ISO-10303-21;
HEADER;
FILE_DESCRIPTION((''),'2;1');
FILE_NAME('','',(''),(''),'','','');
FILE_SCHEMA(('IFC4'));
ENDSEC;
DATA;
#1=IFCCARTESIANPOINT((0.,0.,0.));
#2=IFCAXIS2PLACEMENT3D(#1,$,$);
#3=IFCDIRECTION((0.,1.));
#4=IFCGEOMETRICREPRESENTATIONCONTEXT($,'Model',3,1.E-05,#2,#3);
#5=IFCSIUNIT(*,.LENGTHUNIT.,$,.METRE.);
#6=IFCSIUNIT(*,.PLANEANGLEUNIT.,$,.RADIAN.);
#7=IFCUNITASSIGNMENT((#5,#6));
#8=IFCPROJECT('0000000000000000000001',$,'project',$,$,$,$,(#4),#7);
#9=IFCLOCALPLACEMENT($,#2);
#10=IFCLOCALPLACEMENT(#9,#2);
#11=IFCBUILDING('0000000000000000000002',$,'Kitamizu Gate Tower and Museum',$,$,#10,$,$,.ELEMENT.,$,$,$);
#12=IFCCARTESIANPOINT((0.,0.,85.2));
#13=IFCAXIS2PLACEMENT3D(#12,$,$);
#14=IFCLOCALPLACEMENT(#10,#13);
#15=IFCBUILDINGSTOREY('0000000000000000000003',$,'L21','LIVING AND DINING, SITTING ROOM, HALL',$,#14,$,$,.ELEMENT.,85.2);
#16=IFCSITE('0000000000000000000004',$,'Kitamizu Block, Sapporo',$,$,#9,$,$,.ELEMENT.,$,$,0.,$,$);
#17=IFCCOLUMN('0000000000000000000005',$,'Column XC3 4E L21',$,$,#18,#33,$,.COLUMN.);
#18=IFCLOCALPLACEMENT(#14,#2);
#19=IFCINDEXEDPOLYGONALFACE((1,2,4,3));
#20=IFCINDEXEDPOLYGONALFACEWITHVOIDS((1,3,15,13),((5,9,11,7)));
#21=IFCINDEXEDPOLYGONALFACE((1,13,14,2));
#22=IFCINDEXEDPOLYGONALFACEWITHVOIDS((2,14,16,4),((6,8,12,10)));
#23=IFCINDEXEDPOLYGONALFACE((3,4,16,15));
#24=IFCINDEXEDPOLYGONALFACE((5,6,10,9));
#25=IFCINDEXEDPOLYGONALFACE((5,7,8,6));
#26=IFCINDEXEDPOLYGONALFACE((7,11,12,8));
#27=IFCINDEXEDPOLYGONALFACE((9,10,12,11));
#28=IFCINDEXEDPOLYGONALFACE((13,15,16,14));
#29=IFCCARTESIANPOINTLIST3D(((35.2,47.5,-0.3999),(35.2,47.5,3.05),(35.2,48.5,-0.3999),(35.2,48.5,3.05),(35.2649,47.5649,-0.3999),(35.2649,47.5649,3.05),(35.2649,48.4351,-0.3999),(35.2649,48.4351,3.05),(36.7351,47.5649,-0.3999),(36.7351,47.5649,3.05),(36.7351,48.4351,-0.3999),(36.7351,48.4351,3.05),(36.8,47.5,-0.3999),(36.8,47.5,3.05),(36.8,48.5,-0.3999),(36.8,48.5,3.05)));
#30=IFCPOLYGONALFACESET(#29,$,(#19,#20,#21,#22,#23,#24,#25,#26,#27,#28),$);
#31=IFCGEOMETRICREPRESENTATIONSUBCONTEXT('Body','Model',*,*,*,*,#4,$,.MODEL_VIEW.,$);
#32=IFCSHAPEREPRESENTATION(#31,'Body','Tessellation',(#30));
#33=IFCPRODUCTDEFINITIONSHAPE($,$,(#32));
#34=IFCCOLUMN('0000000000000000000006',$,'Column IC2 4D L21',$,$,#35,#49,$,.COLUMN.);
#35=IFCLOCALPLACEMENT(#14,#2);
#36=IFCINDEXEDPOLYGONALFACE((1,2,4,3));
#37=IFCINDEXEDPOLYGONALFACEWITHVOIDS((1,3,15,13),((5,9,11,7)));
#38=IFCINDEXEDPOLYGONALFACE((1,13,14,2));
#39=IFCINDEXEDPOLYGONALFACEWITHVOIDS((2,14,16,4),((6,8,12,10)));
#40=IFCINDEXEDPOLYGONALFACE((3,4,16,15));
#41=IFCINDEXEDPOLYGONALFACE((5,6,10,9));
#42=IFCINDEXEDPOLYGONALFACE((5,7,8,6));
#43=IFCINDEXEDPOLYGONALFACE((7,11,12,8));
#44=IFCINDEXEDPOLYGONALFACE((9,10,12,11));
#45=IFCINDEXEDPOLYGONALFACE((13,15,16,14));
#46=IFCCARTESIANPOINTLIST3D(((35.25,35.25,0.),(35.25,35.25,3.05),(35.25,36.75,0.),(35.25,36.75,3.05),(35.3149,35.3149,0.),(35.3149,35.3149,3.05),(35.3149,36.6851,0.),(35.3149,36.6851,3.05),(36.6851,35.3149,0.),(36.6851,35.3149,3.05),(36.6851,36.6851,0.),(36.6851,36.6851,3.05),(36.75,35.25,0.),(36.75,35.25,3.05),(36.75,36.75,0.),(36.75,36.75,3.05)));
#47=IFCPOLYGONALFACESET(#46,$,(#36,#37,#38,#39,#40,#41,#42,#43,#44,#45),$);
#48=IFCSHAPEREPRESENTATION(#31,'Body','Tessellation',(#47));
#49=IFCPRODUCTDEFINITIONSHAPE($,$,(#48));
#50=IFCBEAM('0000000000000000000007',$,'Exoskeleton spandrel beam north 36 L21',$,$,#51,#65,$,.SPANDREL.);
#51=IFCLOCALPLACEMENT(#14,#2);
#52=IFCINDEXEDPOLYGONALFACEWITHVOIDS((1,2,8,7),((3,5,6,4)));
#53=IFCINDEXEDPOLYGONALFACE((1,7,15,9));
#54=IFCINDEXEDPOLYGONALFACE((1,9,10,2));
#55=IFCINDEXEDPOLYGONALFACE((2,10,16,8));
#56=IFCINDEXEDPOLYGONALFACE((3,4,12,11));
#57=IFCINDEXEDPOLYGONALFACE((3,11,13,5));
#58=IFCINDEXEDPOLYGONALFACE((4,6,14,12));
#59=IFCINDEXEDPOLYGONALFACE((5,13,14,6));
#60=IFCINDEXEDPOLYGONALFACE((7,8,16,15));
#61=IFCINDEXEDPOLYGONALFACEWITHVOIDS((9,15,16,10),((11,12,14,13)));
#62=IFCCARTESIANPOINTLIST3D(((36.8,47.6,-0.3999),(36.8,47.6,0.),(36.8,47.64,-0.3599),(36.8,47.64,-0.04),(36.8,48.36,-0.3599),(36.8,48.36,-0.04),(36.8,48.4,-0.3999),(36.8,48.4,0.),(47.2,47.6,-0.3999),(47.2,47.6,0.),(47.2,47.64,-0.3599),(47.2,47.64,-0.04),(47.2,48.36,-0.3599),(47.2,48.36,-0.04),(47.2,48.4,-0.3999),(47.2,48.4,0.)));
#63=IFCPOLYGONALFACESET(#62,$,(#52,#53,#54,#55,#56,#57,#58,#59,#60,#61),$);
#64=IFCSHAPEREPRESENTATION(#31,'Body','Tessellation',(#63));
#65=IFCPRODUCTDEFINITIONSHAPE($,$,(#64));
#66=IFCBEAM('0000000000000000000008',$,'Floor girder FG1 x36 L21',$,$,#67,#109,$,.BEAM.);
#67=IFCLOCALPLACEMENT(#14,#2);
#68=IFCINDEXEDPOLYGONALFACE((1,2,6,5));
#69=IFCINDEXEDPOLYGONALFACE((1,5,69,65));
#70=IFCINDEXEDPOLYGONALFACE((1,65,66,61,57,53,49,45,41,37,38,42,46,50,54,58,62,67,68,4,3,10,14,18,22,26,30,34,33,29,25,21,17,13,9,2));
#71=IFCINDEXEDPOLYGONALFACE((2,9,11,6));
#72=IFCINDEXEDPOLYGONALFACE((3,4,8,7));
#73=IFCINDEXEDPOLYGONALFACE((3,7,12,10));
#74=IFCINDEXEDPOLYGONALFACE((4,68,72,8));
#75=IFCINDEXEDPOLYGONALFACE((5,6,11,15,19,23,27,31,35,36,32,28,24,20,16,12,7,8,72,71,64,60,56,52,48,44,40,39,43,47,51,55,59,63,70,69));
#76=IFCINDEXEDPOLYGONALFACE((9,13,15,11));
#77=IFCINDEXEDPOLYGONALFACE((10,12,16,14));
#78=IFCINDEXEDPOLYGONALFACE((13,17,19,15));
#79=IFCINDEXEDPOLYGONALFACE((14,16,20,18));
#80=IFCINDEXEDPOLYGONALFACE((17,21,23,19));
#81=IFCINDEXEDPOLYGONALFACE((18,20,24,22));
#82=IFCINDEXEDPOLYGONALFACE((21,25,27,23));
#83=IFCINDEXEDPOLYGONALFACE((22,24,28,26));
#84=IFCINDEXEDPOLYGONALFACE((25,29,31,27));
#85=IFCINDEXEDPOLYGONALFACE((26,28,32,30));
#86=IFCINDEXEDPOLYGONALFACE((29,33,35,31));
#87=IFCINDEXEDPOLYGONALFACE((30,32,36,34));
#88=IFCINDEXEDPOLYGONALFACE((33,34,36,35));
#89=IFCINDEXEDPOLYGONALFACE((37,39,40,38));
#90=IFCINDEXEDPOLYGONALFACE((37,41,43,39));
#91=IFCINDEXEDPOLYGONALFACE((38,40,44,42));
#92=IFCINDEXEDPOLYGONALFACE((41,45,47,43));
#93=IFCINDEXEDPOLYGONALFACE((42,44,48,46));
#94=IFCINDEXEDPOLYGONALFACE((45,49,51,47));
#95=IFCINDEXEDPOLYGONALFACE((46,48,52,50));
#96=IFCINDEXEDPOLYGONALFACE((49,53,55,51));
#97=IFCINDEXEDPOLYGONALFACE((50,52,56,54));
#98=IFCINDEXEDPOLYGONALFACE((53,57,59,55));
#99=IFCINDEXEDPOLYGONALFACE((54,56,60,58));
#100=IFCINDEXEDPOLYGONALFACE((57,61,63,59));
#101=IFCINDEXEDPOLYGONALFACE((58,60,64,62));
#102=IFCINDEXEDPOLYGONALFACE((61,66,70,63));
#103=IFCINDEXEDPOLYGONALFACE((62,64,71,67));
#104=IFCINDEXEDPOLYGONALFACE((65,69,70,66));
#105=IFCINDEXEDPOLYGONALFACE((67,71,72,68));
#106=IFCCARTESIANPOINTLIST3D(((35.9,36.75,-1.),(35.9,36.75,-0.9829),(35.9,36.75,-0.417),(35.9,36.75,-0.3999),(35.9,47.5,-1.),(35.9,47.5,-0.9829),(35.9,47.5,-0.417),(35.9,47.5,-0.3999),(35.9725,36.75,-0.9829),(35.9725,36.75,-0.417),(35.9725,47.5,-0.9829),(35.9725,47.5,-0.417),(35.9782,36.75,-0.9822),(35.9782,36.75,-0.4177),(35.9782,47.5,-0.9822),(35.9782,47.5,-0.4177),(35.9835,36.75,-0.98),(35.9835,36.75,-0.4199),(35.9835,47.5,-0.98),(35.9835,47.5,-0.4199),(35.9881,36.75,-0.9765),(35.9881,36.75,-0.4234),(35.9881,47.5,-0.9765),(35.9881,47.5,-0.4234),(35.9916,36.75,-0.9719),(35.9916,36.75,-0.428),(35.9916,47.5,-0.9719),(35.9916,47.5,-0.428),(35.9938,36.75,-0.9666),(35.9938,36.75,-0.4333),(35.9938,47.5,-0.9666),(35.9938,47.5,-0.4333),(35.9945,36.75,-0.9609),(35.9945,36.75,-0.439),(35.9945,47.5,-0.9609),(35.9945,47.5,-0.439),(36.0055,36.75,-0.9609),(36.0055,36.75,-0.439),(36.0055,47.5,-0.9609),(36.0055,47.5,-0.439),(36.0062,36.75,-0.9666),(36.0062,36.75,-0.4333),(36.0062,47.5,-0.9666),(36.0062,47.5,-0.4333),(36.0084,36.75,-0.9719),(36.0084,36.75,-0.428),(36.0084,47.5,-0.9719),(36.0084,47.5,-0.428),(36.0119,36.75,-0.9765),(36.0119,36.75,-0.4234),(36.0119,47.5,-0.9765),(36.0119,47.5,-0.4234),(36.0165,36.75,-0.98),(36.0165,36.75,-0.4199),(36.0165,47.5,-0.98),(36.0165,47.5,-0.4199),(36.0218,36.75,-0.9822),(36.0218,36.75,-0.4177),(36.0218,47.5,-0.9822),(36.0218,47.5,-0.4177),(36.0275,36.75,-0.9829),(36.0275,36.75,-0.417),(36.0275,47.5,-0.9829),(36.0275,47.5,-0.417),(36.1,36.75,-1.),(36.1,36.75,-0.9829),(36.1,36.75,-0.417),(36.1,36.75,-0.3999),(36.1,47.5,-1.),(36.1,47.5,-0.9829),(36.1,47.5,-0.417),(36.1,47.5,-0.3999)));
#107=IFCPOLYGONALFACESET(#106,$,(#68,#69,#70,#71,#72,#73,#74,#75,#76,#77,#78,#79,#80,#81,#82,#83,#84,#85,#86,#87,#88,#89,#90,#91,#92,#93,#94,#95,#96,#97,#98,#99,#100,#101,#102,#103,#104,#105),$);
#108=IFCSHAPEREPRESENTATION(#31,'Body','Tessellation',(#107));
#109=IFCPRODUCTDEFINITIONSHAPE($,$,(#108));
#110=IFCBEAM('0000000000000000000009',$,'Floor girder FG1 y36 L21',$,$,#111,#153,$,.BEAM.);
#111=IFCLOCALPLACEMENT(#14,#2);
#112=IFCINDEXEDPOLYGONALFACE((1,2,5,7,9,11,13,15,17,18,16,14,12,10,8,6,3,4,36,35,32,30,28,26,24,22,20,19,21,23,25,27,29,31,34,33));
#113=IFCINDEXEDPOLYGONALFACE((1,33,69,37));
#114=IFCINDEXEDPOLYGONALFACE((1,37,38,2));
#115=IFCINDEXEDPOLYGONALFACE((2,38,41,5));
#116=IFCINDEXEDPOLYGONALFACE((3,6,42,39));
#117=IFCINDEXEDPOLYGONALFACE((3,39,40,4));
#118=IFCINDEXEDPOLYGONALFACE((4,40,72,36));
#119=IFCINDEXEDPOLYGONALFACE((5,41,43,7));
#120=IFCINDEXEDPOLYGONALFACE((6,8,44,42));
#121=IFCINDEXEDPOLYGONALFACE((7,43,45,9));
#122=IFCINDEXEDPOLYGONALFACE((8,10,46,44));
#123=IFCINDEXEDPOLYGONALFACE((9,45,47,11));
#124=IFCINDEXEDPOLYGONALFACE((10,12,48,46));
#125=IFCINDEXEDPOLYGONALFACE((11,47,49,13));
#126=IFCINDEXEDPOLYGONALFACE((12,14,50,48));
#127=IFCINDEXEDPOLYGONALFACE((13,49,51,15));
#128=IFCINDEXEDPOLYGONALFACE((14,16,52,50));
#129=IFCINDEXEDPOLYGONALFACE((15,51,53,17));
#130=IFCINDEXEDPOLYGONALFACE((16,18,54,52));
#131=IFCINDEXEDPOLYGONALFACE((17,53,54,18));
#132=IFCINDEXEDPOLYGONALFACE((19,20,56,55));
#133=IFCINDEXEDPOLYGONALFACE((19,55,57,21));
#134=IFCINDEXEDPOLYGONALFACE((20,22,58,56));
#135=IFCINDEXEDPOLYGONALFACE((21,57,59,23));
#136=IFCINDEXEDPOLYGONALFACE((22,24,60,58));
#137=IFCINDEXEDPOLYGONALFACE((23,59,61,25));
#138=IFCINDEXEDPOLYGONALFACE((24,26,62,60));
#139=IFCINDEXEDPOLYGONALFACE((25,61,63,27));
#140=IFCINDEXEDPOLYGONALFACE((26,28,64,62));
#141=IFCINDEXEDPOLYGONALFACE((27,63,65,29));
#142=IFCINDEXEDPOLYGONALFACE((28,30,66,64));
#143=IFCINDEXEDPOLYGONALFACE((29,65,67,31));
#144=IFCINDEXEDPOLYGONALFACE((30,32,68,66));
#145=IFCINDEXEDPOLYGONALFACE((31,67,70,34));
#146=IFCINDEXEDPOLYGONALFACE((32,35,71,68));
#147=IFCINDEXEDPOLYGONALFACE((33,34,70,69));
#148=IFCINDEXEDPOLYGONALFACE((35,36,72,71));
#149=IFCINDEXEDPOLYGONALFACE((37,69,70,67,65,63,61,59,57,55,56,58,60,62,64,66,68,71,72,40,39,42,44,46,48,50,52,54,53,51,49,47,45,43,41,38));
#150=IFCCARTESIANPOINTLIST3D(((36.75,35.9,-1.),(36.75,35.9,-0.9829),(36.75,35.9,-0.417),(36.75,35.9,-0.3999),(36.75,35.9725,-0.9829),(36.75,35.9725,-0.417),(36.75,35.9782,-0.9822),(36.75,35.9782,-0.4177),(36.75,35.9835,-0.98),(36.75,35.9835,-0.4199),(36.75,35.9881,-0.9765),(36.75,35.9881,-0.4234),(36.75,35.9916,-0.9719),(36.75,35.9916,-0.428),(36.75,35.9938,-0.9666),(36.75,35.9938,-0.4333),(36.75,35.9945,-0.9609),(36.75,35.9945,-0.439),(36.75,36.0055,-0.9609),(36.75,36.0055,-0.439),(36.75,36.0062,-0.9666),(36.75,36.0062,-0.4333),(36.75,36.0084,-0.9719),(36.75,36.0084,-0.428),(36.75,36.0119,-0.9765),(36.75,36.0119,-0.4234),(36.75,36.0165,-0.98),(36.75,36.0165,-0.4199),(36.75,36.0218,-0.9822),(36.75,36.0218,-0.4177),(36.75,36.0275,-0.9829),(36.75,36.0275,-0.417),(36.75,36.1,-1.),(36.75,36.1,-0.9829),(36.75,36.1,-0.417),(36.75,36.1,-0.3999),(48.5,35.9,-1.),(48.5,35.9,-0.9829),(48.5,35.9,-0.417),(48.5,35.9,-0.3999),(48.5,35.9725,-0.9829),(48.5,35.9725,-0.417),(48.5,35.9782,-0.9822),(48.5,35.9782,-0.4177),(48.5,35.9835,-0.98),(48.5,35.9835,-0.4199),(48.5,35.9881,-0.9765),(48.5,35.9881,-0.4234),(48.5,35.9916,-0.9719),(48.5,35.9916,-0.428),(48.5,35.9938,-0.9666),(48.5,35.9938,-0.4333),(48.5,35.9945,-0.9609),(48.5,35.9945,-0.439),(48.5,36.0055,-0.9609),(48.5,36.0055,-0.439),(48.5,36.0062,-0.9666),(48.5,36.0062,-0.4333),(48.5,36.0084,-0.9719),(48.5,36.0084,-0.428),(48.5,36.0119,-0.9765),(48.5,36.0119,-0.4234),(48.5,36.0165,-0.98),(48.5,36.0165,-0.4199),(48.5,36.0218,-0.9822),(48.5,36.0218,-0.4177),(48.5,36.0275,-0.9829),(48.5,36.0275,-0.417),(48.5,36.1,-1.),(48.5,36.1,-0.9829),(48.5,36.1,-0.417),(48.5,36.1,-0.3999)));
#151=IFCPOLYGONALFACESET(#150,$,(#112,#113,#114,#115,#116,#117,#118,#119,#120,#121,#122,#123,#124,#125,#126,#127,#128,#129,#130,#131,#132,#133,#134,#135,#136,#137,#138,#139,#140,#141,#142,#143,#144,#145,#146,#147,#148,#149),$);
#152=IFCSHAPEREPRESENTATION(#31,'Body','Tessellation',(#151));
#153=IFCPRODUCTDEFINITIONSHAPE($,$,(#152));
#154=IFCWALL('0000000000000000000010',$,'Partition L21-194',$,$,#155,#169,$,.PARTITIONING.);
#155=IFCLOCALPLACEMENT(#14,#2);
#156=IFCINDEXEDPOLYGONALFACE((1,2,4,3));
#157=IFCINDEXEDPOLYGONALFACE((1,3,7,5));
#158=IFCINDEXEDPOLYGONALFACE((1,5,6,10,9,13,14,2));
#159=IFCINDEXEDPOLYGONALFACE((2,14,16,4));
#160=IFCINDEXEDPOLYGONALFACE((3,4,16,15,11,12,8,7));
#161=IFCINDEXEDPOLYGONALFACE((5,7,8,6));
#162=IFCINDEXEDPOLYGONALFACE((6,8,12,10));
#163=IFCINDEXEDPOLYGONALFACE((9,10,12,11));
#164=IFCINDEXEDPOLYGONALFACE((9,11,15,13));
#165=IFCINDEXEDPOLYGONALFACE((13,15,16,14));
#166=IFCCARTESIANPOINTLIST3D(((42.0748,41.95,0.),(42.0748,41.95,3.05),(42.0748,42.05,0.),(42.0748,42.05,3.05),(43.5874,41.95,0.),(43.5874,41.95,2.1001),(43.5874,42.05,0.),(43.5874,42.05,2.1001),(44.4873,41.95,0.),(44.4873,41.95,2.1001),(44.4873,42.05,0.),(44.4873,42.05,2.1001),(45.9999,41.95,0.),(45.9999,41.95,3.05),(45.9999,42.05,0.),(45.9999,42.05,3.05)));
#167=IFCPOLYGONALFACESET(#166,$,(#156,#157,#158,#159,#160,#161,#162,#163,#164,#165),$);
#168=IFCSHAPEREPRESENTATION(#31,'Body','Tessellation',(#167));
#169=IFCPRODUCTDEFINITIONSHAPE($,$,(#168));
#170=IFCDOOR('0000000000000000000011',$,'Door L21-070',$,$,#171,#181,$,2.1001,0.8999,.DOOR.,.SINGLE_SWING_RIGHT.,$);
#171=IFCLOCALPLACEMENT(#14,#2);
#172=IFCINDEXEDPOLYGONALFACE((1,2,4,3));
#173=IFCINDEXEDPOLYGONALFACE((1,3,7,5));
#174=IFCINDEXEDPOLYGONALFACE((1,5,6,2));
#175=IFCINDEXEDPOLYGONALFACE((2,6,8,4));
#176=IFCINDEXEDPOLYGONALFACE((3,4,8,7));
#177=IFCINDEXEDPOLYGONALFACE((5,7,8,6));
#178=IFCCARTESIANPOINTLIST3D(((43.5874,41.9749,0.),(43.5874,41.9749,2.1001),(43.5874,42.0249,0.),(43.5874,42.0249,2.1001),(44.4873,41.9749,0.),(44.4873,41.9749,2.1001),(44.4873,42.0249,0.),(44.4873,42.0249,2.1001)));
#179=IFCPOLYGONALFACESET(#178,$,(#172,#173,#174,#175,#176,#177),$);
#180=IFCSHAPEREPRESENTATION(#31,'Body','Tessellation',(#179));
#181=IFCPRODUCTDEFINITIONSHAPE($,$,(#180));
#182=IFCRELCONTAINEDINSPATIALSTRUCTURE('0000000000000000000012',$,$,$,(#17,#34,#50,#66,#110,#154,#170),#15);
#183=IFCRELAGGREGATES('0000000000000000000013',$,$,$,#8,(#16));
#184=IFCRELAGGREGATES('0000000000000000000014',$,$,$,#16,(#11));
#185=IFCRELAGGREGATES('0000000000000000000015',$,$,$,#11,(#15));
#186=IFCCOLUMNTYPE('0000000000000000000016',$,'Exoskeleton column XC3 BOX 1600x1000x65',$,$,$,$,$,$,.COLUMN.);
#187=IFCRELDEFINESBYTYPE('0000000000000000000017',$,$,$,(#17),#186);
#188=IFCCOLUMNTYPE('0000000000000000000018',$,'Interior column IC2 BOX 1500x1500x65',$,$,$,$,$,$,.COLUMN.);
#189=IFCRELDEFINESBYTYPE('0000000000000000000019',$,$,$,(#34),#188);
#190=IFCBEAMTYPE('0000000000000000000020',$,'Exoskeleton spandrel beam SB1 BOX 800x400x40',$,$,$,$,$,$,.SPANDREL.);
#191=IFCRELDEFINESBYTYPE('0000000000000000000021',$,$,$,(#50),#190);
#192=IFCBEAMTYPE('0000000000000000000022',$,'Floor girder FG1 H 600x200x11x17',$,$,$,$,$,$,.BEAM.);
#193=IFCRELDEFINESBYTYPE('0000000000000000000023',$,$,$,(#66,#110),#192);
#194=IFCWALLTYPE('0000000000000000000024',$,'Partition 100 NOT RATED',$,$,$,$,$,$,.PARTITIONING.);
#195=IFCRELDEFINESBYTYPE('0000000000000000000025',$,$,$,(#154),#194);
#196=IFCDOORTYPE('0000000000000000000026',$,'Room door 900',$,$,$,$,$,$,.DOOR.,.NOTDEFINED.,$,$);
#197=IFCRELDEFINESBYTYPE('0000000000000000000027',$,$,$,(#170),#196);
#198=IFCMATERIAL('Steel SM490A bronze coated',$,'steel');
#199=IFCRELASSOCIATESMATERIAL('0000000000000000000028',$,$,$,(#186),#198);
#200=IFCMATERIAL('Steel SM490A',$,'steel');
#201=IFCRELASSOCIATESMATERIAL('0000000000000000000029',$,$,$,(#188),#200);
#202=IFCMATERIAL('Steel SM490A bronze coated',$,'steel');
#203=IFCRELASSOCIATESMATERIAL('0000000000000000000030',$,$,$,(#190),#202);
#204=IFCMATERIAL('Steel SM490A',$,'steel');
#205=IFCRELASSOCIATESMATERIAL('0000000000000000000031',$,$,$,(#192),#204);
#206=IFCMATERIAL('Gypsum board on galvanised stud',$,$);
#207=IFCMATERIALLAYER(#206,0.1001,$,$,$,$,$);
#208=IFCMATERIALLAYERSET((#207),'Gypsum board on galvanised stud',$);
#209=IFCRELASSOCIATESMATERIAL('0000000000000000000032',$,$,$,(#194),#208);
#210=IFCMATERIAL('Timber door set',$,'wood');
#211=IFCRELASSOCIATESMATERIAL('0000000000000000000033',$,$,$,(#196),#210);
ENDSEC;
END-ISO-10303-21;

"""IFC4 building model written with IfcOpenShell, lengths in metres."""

from ifc_helpers import new_model, si_unit, direction, frame, frame_2d, origin, origin_2d, place, context, subcontext, project, spatial, rectangle, hollow_rectangle, i_section, extrude, material, layer, layer_set, material_profile, profile_set, type_object, element, fill, save


model = new_model("IFC4")

# Units and contexts
model_context = context("Model", 3, precision=1e-05, world=origin(), true_north=direction((0.0, 1.0)))
body_context = subcontext(model_context, "Body", "Model", "MODEL_VIEW")
ifc_project = project(units=[si_unit("LENGTHUNIT", "METRE"), si_unit("PLANEANGLEUNIT", "RADIAN")], contexts=[model_context])

# Site, building, storey
site_placement = place(None, origin())
site = spatial("IfcSite", under=ifc_project, at=site_placement, Name="Kitamizu Block, Sapporo", CompositionType="ELEMENT", RefElevation=0.0)
building_placement = place(site_placement, origin())
building = spatial("IfcBuilding", under=site, at=building_placement, Name="Kitamizu Gate Tower and Museum", CompositionType="ELEMENT")
storey_placement = place(building_placement, frame((0.0, 0.0, 85.2)))
storey = spatial("IfcBuildingStorey", under=building, at=storey_placement, Name="L21", Description="LIVING AND DINING, SITTING ROOM, HALL", CompositionType="ELEMENT", Elevation=85.2)

# Columns
ifc_material_1 = material(Name="Steel SM490A bronze coated", Category="steel")
ifc_material_profile_1 = material_profile(ifc_material_1, hollow_rectangle(XDim=1.6001, YDim=1.0, WallThickness=0.0649, at=origin_2d()), Name="BOX 1600x1000x65")
ifc_profile_set_1 = profile_set([ifc_material_profile_1], Name="Steel SM490A bronze coated")
column_type_1 = type_object("IfcColumnType", Name="Exoskeleton column XC3 BOX 1600x1000x65", PredefinedType="COLUMN", material=ifc_profile_set_1)
column_1_placement = place(storey_placement, frame((36.0, 48.0, -0.3999), z_axis=(0.0, 0.0, 1.0), x_axis=(1.0, 0.0, 0.0)))
element("IfcColumn", 1, at=column_1_placement, inside=storey, type_object=column_type_1, Name="Column XC3 4E L21", PredefinedType="COLUMN", context=body_context, shape_type="SweptSolid", body=[
    extrude(hollow_rectangle(XDim=1.6001, YDim=1.0, WallThickness=0.0649, at=origin_2d()), origin(), (0.0, 0.0, 1.0), 3.45),
])
ifc_material_2 = material(Name="Steel SM490A", Category="steel")
ifc_material_profile_2 = material_profile(ifc_material_2, hollow_rectangle(XDim=1.5, YDim=1.5, WallThickness=0.0649, at=origin_2d()), Name="BOX 1500x1500x65")
ifc_profile_set_2 = profile_set([ifc_material_profile_2], Name="Steel SM490A")
column_type_2 = type_object("IfcColumnType", Name="Interior column IC2 BOX 1500x1500x65", PredefinedType="COLUMN", material=ifc_profile_set_2)
column_2_placement = place(storey_placement, frame((36.0, 36.0, 0.0), z_axis=(0.0, 0.0, 1.0), x_axis=(1.0, 0.0, 0.0)))
element("IfcColumn", 2, at=column_2_placement, inside=storey, type_object=column_type_2, Name="Column IC2 4D L21", PredefinedType="COLUMN", context=body_context, shape_type="SweptSolid", body=[
    extrude(hollow_rectangle(XDim=1.5, YDim=1.5, WallThickness=0.0649, at=origin_2d()), origin(), (0.0, 0.0, 1.0), 3.05),
])

# Beams
ifc_material_3 = material(Name="Steel SM490A bronze coated", Category="steel")
ifc_material_profile_3 = material_profile(ifc_material_3, hollow_rectangle(XDim=0.8, YDim=0.3999, WallThickness=0.04, at=origin_2d()), Name="BOX 800x400x40")
ifc_profile_set_3 = profile_set([ifc_material_profile_3], Name="Steel SM490A bronze coated")
beam_type_1 = type_object("IfcBeamType", Name="Exoskeleton spandrel beam SB1 BOX 800x400x40", PredefinedType="SPANDREL", material=ifc_profile_set_3)
beam_1_placement = place(storey_placement, frame((36.8, 48.0, -0.2), z_axis=(1.0, 0.0, 0.0), x_axis=(0.0, 1.0, 0.0)))
element("IfcBeam", 3, at=beam_1_placement, inside=storey, type_object=beam_type_1, Name="Exoskeleton spandrel beam north 36 L21", PredefinedType="SPANDREL", context=body_context, shape_type="SweptSolid", body=[
    extrude(hollow_rectangle(XDim=0.8, YDim=0.3999, WallThickness=0.04, at=origin_2d()), origin(), (0.0, 0.0, 1.0), 10.3999),
])
ifc_material_4 = material(Name="Steel SM490A", Category="steel")
ifc_material_profile_4 = material_profile(ifc_material_4, i_section(OverallWidth=0.2, OverallDepth=0.6001, WebThickness=0.011, FlangeThickness=0.0171, FilletRadius=0.022, at=origin_2d()), Name="H-600x200x11x17")
ifc_profile_set_4 = profile_set([ifc_material_profile_4], Name="Steel SM490A")
beam_type_2 = type_object("IfcBeamType", Name="Floor girder FG1 H 600x200x11x17", PredefinedType="BEAM", material=ifc_profile_set_4)
beam_2_placement = place(storey_placement, frame((36.0, 36.75, -0.7), z_axis=(0.0, 1.0, 0.0), x_axis=(-1.0, 0.0, 0.0)))
element("IfcBeam", 4, at=beam_2_placement, inside=storey, type_object=beam_type_2, Name="Floor girder FG1 x36 L21", PredefinedType="BEAM", context=body_context, shape_type="SweptSolid", body=[
    extrude(i_section(OverallWidth=0.2, OverallDepth=0.6001, WebThickness=0.011, FlangeThickness=0.0171, FilletRadius=0.022, at=origin_2d()), origin(), (0.0, 0.0, 1.0), 10.75),
])
beam_3_placement = place(storey_placement, frame((36.75, 36.0, -0.7), z_axis=(1.0, 0.0, 0.0), x_axis=(0.0, 1.0, 0.0)))
element("IfcBeam", 5, at=beam_3_placement, inside=storey, type_object=beam_type_2, Name="Floor girder FG1 y36 L21", PredefinedType="BEAM", context=body_context, shape_type="SweptSolid", body=[
    extrude(i_section(OverallWidth=0.2, OverallDepth=0.6001, WebThickness=0.011, FlangeThickness=0.0171, FilletRadius=0.022, at=origin_2d()), origin(), (0.0, 0.0, 1.0), 11.75),
])

# Wall, opening, door
ifc_material_5 = material(Name="Gypsum board on galvanised stud")
ifc_layer_1 = layer(ifc_material_5, 0.1001)
ifc_layer_set_1 = layer_set([ifc_layer_1], Name="Gypsum board on galvanised stud")
wall_type_1 = type_object("IfcWallType", Name="Partition 100 NOT RATED", PredefinedType="PARTITIONING", material=ifc_layer_set_1)
wall_1_placement = place(storey_placement, frame((42.075, 42.0, 0.0), z_axis=(0.0, 0.0, 1.0), x_axis=(1.0, 0.0, 0.0)))
wall_1 = element("IfcWall", 6, at=wall_1_placement, inside=storey, type_object=wall_type_1, Name="Partition L21-194", PredefinedType="PARTITIONING", context=body_context, shape_type="SweptSolid", body=[
    extrude(rectangle(XDim=3.925, YDim=0.1001, at=frame_2d((1.9624, 0.0))), origin(), (0.0, 0.0, 1.0), 3.05),
])
opening_1_placement = place(wall_1_placement, frame((1.5125, 0.0, 0.0)))
opening_1 = element("IfcOpeningElement", 7, at=opening_1_placement, cuts=wall_1, PredefinedType="OPENING", context=body_context, shape_type="SweptSolid", body=[
    extrude(rectangle(XDim=0.8999, YDim=2.1001, at=frame_2d((0.45, 1.05))), frame((0.0, 0.0601, 0.0), z_axis=(0.0, -1.0, 0.0), x_axis=(1.0, 0.0, 0.0)), (0.0, 0.0, 1.0), 0.1201),
])
ifc_material_6 = material(Name="Timber door set", Category="wood")
door_type_1 = type_object("IfcDoorType", Name="Room door 900", OperationType="NOTDEFINED", PredefinedType="DOOR", material=ifc_material_6)
door_1_placement = place(opening_1_placement, origin())
door_1 = element("IfcDoor", 8, at=door_1_placement, inside=storey, type_object=door_type_1, Name="Door L21-070", OperationType="SINGLE_SWING_RIGHT", OverallHeight=2.1001, OverallWidth=0.8999, PredefinedType="DOOR", context=body_context, shape_type="SweptSolid", body=[
    extrude(rectangle(XDim=0.8999, YDim=2.1001, at=frame_2d((0.45, 1.05))), frame((0.0, 0.0249, 0.0), z_axis=(0.0, -1.0, 0.0), x_axis=(1.0, 0.0, 0.0)), (0.0, 0.0, 1.0), 0.05),
])
fill(opening_1, door_1)

save(model, "model.ifc")
